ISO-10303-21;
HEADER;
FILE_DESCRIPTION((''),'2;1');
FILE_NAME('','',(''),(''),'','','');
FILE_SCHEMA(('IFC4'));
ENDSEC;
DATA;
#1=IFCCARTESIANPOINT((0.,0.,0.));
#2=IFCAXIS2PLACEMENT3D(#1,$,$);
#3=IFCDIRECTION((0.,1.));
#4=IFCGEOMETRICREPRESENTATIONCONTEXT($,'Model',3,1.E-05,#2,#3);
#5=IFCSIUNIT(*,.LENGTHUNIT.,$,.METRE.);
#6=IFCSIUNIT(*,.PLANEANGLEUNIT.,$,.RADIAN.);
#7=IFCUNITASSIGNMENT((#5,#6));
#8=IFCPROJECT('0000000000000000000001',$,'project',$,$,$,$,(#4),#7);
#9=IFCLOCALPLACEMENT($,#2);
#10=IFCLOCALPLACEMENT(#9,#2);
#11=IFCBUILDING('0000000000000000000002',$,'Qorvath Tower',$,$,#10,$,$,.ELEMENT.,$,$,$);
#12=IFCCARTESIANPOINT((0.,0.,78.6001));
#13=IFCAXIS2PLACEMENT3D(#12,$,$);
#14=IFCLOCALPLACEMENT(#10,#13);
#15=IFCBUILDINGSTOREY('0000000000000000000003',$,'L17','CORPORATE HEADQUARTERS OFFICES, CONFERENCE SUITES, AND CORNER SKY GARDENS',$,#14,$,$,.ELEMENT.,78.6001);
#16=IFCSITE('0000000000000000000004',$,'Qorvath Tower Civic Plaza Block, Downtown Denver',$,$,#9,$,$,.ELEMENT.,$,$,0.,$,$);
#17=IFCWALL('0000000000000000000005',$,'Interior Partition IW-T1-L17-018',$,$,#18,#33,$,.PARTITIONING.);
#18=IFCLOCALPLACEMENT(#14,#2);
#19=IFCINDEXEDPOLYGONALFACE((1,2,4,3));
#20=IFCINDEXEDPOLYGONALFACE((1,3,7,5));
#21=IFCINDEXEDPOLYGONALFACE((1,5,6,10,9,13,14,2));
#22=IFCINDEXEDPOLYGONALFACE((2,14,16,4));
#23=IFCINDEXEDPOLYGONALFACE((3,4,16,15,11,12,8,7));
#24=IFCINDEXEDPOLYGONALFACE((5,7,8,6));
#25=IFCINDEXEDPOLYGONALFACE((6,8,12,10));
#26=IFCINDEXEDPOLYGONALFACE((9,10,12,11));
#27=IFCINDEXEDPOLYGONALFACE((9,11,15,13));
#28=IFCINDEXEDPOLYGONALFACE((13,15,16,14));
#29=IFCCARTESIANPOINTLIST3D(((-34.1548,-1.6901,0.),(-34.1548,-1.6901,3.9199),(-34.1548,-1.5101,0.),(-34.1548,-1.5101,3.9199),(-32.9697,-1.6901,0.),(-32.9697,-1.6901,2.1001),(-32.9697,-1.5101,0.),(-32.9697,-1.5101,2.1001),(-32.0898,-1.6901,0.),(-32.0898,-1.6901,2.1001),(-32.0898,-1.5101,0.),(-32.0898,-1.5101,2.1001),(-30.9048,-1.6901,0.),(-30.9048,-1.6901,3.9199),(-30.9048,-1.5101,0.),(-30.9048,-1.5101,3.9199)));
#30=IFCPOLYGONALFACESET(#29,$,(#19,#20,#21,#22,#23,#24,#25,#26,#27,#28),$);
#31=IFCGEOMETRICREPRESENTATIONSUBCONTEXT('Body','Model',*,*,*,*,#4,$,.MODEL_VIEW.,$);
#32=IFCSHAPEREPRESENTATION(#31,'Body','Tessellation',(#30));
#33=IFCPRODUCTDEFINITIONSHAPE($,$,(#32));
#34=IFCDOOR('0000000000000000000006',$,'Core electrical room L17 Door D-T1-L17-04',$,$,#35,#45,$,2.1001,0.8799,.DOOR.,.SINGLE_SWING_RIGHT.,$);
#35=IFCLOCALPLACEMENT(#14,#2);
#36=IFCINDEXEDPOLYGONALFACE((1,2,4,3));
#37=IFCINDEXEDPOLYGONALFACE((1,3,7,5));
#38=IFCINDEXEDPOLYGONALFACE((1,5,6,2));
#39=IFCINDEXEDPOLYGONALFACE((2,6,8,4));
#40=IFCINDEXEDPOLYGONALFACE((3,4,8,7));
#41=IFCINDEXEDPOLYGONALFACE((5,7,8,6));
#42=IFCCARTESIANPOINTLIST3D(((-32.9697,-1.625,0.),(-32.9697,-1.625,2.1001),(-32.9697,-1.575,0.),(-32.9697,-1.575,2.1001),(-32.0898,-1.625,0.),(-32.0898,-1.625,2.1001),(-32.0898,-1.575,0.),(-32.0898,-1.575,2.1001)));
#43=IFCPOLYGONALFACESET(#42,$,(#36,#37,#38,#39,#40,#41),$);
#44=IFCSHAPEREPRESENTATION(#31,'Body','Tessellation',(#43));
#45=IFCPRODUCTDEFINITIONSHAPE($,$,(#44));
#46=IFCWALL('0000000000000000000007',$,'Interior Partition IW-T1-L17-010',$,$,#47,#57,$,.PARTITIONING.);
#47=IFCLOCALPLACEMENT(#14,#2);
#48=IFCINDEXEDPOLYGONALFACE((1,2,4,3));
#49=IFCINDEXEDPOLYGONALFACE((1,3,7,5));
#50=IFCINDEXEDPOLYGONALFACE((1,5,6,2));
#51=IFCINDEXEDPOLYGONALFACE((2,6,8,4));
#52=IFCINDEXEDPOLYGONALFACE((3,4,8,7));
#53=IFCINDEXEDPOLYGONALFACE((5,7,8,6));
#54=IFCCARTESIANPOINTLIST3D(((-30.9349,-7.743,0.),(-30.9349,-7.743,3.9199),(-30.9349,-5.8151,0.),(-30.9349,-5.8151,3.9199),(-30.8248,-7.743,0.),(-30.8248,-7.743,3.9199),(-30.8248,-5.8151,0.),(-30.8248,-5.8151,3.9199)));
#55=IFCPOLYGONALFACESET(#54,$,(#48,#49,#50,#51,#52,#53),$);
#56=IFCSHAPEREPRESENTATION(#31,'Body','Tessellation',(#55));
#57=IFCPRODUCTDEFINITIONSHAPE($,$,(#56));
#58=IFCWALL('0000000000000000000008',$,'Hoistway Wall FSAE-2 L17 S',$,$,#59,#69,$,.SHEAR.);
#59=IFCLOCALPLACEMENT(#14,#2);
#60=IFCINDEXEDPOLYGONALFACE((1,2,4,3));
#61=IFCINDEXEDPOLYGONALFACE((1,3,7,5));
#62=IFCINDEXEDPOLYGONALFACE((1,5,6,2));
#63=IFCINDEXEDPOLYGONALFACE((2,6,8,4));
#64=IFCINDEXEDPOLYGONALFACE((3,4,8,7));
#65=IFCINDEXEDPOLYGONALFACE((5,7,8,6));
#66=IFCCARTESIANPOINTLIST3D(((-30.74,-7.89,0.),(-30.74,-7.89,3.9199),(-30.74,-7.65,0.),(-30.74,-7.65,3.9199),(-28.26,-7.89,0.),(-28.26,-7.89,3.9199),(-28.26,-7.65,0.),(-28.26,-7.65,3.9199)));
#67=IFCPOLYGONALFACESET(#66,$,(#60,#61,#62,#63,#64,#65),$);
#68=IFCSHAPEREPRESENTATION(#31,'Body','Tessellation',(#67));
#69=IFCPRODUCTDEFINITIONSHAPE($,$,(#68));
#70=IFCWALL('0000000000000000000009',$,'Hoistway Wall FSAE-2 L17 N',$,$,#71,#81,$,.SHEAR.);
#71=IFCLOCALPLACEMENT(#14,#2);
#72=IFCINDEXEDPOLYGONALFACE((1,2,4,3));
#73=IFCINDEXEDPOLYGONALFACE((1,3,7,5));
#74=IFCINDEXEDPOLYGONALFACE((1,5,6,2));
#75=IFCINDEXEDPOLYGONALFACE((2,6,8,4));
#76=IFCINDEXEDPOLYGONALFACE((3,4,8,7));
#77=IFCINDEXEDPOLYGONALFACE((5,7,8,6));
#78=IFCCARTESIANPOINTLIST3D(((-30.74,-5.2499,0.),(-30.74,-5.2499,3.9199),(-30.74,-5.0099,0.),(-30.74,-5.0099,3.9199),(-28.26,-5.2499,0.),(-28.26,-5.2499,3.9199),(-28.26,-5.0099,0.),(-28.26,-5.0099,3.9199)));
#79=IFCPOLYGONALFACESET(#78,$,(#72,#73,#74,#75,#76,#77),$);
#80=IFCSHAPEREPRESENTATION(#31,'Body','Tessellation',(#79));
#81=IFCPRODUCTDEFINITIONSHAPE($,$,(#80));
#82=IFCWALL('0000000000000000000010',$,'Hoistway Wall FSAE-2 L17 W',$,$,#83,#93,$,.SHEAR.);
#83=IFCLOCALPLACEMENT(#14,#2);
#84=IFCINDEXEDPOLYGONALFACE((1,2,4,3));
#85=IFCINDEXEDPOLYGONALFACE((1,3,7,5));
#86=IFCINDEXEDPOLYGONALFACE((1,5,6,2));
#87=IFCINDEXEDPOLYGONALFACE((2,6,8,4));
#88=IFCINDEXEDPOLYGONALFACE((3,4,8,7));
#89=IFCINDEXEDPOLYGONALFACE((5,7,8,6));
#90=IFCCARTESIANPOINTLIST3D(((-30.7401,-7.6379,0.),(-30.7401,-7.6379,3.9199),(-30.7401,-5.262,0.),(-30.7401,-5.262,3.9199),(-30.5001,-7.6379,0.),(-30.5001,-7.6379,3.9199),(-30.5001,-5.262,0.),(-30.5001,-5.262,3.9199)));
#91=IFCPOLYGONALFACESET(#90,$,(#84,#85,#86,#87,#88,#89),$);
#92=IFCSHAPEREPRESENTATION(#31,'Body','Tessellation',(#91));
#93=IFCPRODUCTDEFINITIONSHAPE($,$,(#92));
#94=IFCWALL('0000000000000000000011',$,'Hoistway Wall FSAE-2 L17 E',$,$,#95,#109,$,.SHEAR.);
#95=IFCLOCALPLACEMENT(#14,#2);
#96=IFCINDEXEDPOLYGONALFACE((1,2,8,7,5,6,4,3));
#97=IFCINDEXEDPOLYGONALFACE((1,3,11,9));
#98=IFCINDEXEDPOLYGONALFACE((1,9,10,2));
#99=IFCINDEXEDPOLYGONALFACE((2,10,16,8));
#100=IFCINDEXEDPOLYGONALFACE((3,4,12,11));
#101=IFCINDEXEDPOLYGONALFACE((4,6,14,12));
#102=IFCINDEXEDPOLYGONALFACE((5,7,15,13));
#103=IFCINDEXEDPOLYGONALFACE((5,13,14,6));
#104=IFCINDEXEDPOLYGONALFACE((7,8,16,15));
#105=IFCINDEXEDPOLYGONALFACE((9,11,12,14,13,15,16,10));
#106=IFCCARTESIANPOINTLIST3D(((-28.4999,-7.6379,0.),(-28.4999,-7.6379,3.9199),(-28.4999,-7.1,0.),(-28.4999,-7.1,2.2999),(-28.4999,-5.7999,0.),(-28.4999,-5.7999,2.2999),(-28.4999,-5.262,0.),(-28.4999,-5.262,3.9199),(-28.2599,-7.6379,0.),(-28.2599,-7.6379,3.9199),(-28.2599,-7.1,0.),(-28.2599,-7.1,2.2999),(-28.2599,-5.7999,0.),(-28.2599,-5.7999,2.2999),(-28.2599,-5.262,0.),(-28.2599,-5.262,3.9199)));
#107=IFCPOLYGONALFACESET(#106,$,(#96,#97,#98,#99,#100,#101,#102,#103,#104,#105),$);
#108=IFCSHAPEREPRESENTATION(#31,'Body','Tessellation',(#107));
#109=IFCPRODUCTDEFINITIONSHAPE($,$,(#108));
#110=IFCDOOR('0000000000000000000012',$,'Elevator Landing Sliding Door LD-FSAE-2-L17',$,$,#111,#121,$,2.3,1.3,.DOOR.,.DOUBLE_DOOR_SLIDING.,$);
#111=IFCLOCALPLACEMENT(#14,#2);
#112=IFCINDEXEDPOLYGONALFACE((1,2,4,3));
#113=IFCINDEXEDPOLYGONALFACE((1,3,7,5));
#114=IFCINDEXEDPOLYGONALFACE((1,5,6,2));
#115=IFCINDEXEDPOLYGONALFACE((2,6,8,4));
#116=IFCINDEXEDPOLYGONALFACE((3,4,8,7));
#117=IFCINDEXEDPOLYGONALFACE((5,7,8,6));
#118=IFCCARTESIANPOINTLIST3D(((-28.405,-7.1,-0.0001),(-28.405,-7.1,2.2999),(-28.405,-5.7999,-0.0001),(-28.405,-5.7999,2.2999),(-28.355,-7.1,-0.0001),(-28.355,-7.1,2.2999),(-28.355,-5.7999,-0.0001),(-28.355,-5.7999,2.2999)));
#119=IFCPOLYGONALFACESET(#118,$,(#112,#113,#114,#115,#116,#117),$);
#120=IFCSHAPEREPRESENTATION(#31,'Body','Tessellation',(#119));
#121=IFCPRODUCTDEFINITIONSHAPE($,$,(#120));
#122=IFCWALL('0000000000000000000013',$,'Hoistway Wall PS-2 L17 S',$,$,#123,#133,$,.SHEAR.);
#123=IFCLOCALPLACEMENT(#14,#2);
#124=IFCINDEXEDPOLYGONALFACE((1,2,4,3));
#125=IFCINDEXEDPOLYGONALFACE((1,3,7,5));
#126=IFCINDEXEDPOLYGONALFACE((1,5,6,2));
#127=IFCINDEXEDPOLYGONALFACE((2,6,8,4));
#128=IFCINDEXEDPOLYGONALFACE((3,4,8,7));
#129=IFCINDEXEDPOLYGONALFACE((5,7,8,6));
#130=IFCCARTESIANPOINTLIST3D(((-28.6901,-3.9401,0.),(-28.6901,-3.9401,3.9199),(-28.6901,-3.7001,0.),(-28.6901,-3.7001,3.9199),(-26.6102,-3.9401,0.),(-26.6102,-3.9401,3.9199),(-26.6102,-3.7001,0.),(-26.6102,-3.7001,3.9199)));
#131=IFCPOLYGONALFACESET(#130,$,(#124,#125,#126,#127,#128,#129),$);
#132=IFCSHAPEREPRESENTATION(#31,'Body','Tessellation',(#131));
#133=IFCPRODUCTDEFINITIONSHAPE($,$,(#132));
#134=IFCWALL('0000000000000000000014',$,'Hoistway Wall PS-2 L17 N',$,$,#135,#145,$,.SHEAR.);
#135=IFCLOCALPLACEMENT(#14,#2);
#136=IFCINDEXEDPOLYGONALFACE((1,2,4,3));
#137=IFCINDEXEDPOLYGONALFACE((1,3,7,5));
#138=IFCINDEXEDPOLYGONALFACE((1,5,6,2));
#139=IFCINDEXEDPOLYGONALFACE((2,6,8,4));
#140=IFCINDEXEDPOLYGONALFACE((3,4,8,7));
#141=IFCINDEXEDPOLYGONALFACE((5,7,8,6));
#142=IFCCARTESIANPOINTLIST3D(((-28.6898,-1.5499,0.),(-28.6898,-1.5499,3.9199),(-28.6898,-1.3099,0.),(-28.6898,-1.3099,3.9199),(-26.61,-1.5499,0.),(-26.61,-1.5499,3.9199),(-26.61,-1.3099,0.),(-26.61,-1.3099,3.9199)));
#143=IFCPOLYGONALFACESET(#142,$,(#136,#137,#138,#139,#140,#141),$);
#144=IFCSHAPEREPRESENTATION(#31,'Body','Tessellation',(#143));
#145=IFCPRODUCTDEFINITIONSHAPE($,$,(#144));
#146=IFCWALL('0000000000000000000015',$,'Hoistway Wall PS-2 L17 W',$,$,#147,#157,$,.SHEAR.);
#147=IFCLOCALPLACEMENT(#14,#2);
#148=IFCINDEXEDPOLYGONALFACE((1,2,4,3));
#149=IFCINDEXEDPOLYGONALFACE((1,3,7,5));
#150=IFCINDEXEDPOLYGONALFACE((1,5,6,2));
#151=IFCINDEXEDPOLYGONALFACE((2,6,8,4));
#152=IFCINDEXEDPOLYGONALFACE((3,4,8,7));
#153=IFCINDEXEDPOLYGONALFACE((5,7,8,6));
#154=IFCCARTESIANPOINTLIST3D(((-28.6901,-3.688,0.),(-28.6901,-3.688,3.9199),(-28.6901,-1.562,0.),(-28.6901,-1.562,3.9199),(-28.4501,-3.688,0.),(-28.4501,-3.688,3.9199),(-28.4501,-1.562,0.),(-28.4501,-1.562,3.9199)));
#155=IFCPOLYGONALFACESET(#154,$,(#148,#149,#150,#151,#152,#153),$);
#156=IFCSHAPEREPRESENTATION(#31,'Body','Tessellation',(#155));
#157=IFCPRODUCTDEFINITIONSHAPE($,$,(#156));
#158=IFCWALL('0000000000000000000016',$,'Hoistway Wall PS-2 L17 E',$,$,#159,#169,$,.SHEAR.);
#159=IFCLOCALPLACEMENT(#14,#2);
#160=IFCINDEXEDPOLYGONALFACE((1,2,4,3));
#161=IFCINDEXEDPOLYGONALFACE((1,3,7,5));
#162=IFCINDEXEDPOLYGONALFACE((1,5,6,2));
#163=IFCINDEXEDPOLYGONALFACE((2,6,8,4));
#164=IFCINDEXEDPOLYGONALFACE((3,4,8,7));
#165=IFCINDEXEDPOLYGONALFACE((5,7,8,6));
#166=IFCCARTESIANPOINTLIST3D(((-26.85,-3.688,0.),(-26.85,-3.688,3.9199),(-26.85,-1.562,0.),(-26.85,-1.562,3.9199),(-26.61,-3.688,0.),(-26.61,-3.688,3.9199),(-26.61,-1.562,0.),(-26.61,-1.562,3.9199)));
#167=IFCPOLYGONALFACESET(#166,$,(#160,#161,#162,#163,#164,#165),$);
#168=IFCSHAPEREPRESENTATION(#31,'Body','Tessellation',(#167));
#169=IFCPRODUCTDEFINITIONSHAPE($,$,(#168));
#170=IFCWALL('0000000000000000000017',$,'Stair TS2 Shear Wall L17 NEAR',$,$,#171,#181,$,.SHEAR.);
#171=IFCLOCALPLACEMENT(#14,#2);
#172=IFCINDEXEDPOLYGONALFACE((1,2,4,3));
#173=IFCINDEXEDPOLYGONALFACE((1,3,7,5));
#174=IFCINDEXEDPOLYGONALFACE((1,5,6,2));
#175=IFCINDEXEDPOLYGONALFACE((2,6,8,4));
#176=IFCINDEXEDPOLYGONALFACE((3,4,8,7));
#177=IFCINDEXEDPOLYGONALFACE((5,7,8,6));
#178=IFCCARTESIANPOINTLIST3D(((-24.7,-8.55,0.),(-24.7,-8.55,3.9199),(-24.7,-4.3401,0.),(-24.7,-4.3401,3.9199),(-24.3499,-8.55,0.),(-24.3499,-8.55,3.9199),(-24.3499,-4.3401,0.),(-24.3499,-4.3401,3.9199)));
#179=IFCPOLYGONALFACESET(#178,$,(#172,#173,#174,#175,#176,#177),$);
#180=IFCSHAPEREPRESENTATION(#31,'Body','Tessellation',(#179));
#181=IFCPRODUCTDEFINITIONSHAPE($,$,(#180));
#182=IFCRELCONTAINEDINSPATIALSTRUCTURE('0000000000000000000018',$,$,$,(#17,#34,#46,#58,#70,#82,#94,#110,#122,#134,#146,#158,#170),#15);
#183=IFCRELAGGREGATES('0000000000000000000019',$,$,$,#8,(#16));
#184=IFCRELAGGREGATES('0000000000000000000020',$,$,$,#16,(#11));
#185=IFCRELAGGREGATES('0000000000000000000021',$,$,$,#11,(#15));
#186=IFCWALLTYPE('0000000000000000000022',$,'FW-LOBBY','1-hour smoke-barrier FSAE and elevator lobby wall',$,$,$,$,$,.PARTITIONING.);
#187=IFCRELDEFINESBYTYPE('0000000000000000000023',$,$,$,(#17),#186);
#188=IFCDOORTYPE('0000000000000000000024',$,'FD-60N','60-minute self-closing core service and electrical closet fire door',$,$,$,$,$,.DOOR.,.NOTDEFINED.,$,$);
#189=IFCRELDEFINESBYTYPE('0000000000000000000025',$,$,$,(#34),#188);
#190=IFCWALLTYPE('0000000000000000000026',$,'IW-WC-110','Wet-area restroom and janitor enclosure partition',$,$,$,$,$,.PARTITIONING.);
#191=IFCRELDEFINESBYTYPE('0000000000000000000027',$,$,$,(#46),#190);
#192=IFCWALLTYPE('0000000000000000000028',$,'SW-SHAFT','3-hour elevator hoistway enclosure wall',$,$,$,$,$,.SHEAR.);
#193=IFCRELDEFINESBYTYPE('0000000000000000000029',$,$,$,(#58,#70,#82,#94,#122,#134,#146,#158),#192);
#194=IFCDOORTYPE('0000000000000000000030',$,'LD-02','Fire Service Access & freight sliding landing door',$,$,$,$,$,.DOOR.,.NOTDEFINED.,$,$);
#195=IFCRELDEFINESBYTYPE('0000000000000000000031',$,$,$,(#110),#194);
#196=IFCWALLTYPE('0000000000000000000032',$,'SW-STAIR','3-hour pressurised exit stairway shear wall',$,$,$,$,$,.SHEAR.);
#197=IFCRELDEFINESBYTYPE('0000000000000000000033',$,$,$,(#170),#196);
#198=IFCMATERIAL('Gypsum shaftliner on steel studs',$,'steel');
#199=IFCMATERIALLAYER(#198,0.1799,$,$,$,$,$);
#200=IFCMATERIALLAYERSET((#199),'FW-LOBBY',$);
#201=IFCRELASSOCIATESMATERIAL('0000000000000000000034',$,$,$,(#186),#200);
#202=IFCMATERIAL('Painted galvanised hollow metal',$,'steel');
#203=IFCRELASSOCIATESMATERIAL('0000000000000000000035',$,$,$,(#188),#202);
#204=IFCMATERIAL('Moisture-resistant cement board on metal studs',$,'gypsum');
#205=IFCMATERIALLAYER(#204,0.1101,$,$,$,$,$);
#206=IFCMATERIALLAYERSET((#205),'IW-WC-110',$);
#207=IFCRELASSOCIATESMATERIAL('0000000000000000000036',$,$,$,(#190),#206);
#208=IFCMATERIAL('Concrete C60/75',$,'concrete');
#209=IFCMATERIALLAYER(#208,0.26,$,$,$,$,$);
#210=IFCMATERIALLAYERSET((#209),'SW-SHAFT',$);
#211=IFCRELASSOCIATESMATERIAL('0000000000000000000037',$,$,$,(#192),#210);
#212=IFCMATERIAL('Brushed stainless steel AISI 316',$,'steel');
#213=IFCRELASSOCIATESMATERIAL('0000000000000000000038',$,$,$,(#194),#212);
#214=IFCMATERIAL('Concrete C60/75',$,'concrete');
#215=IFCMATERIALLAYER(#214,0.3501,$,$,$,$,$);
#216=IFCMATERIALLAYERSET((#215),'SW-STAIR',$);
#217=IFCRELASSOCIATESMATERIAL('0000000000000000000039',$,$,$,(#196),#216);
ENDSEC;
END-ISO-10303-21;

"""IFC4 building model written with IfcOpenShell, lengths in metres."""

from ifc_helpers import new_model, si_unit, direction, frame, frame_2d, origin, place, context, subcontext, project, spatial, rectangle, extrude, material, layer, layer_set, type_object, element, fill, save


model = new_model("IFC4")

# Units and contexts
model_context = context("Model", 3, precision=1e-05, world=origin(), true_north=direction((0.0, 1.0)))
body_context = subcontext(model_context, "Body", "Model", "MODEL_VIEW")
ifc_project = project(units=[si_unit("LENGTHUNIT", "METRE"), si_unit("PLANEANGLEUNIT", "RADIAN")], contexts=[model_context])

# Site, building, storey
site_placement = place(None, origin())
site = spatial("IfcSite", under=ifc_project, at=site_placement, Name="Qorvath Tower Civic Plaza Block, Downtown Denver", CompositionType="ELEMENT", RefElevation=0.0)
building_placement = place(site_placement, origin())
building = spatial("IfcBuilding", under=site, at=building_placement, Name="Qorvath Tower", CompositionType="ELEMENT")
storey_placement = place(building_placement, frame((0.0, 0.0, 78.6001)))
storey = spatial("IfcBuildingStorey", under=building, at=storey_placement, Name="L17", Description="CORPORATE HEADQUARTERS OFFICES, CONFERENCE SUITES, AND CORNER SKY GARDENS", CompositionType="ELEMENT", Elevation=78.6001)

# Shared definitions
ifc_material_1 = material(Name="Gypsum shaftliner on steel studs", Category="steel")
ifc_layer_1 = layer(ifc_material_1, 0.1799)
ifc_layer_set_1 = layer_set([ifc_layer_1], Name="FW-LOBBY")
wall_type_1 = type_object("IfcWallType", Name="FW-LOBBY", Description="1-hour smoke-barrier FSAE and elevator lobby wall", PredefinedType="PARTITIONING", material=ifc_layer_set_1)

# Wall, opening, door
wall_1_placement = place(storey_placement, frame((-30.9048, -1.6001, 0.0), z_axis=(0.0, 0.0, 1.0), x_axis=(-1.0, 0.0, 0.0)))
wall_1 = element("IfcWall", 1, at=wall_1_placement, inside=storey, type_object=wall_type_1, Name="Interior Partition IW-T1-L17-018", PredefinedType="PARTITIONING", context=body_context, shape_type="SweptSolid", body=[
    extrude(rectangle(XDim=3.25, YDim=0.1799, at=frame_2d((1.625, 0.0))), origin(), (0.0, 0.0, 1.0), 3.9199),
])
opening_1_placement = place(wall_1_placement, frame((1.1851, 0.0, 0.0)))
opening_1 = element("IfcOpeningElement", 2, at=opening_1_placement, cuts=wall_1, PredefinedType="OPENING", context=body_context, shape_type="SweptSolid", body=[
    extrude(rectangle(XDim=0.8799, YDim=2.1001, at=frame_2d((0.4399, 1.05))), frame((0.0, 0.1001, 0.0), z_axis=(0.0, -1.0, 0.0), x_axis=(1.0, 0.0, 0.0)), (0.0, 0.0, 1.0), 0.2),
])
ifc_material_2 = material(Name="Painted galvanised hollow metal", Category="steel")
door_type_1 = type_object("IfcDoorType", Name="FD-60N", Description="60-minute self-closing core service and electrical closet fire door", OperationType="NOTDEFINED", PredefinedType="DOOR", material=ifc_material_2)
door_1_placement = place(opening_1_placement, origin())
door_1 = element("IfcDoor", 3, at=door_1_placement, inside=storey, type_object=door_type_1, Name="Core electrical room L17 Door D-T1-L17-04", OperationType="SINGLE_SWING_RIGHT", OverallHeight=2.1001, OverallWidth=0.8799, PredefinedType="DOOR", context=body_context, shape_type="SweptSolid", body=[
    extrude(rectangle(XDim=0.8799, YDim=2.1001, at=frame_2d((0.4399, 1.05))), frame((0.0, 0.0249, 0.0), z_axis=(0.0, -1.0, 0.0), x_axis=(1.0, 0.0, 0.0)), (0.0, 0.0, 1.0), 0.05),
])
fill(opening_1, door_1)

# Walls
ifc_material_3 = material(Name="Moisture-resistant cement board on metal studs", Category="gypsum")
ifc_layer_2 = layer(ifc_material_3, 0.1101)
ifc_layer_set_2 = layer_set([ifc_layer_2], Name="IW-WC-110")
wall_type_2 = type_object("IfcWallType", Name="IW-WC-110", Description="Wet-area restroom and janitor enclosure partition", PredefinedType="PARTITIONING", material=ifc_layer_set_2)
wall_2_placement = place(storey_placement, frame((-30.8799, -7.7429, 0.0), z_axis=(0.0, 0.0, 1.0), x_axis=(0.0, 1.0, 0.0)))
element("IfcWall", 4, at=wall_2_placement, inside=storey, type_object=wall_type_2, Name="Interior Partition IW-T1-L17-010", PredefinedType="PARTITIONING", context=body_context, shape_type="SweptSolid", body=[
    extrude(rectangle(XDim=1.928, YDim=0.1101, at=frame_2d((0.9639, 0.0))), origin(), (0.0, 0.0, 1.0), 3.9199),
])
ifc_material_4 = material(Name="Concrete C60/75", Category="concrete")
ifc_layer_3 = layer(ifc_material_4, 0.26)
ifc_layer_set_3 = layer_set([ifc_layer_3], Name="SW-SHAFT")
wall_type_3 = type_object("IfcWallType", Name="SW-SHAFT", Description="3-hour elevator hoistway enclosure wall", PredefinedType="SHEAR", material=ifc_layer_set_3)
for number, where, z_axis, x_axis, name in (
    (5, (-28.26, -7.77, 0.0), (0.0, 0.0, 1.0), (-1.0, 0.0, 0.0), "Hoistway Wall FSAE-2 L17 S"),
    (6, (-30.74, -5.1299, 0.0), (0.0, 0.0, 1.0), (1.0, 0.0, 0.0), "Hoistway Wall FSAE-2 L17 N"),
):
    element("IfcWall", number, at=place(storey_placement, frame(where, z_axis=z_axis, x_axis=x_axis)), inside=storey, type_object=wall_type_3, Name=name, PredefinedType="SHEAR", context=body_context, shape_type="SweptSolid", body=[
        extrude(rectangle(XDim=2.48, YDim=0.24, at=frame_2d((1.24, 0.0))), origin(), (0.0, 0.0, 1.0), 3.9199),
    ])
wall_3_placement = place(storey_placement, frame((-30.6201, -7.6379, 0.0), z_axis=(0.0, 0.0, 1.0), x_axis=(0.0, 1.0, 0.0)))
element("IfcWall", 7, at=wall_3_placement, inside=storey, type_object=wall_type_3, Name="Hoistway Wall FSAE-2 L17 W", PredefinedType="SHEAR", context=body_context, shape_type="SweptSolid", body=[
    extrude(rectangle(XDim=2.376, YDim=0.24, at=frame_2d((1.188, 0.0))), origin(), (0.0, 0.0, 1.0), 3.9199),
])

# Wall, opening, door
wall_4_placement = place(storey_placement, frame((-28.3799, -5.262, 0.0), z_axis=(0.0, 0.0, 1.0), x_axis=(0.0, -1.0, 0.0)))
wall_4 = element("IfcWall", 8, at=wall_4_placement, inside=storey, type_object=wall_type_3, Name="Hoistway Wall FSAE-2 L17 E", PredefinedType="SHEAR", context=body_context, shape_type="SweptSolid", body=[
    extrude(rectangle(XDim=2.376, YDim=0.24, at=frame_2d((1.188, 0.0))), origin(), (0.0, 0.0, 1.0), 3.9199),
])
opening_2_placement = place(wall_4_placement, frame((0.5381, 0.0, 0.0)))
opening_2 = element("IfcOpeningElement", 9, at=opening_2_placement, cuts=wall_4, PredefinedType="OPENING", context=body_context, shape_type="SweptSolid", body=[
    extrude(rectangle(XDim=1.3, YDim=2.3, at=frame_2d((0.6499, 1.1499))), frame((0.0, 0.1299, 0.0), z_axis=(0.0, -1.0, 0.0), x_axis=(1.0, 0.0, 0.0)), (0.0, 0.0, 1.0), 0.26),
])
ifc_material_5 = material(Name="Brushed stainless steel AISI 316", Category="steel")
door_type_2 = type_object("IfcDoorType", Name="LD-02", Description="Fire Service Access & freight sliding landing door", OperationType="NOTDEFINED", PredefinedType="DOOR", material=ifc_material_5)
door_2_placement = place(opening_2_placement, origin())
door_2 = element("IfcDoor", 10, at=door_2_placement, inside=storey, type_object=door_type_2, Name="Elevator Landing Sliding Door LD-FSAE-2-L17", OperationType="DOUBLE_DOOR_SLIDING", OverallHeight=2.3, OverallWidth=1.3, PredefinedType="DOOR", context=body_context, shape_type="SweptSolid", body=[
    extrude(rectangle(XDim=1.3, YDim=2.3, at=frame_2d((0.6499, 1.1499))), frame((0.0, 0.0249, 0.0), z_axis=(0.0, -1.0, 0.0), x_axis=(1.0, 0.0, 0.0)), (0.0, 0.0, 1.0), 0.05),
])
fill(opening_2, door_2)

# Walls
for number, where, z_axis, x_axis, name in (
    (11, (-26.6101, -3.8201, 0.0), (0.0, 0.0, 1.0), (-1.0, 0.0, 0.0), "Hoistway Wall PS-2 L17 S"),
    (12, (-28.6899, -1.4299, 0.0), (0.0, 0.0, 1.0), (1.0, 0.0, 0.0), "Hoistway Wall PS-2 L17 N"),
):
    element("IfcWall", number, at=place(storey_placement, frame(where, z_axis=z_axis, x_axis=x_axis)), inside=storey, type_object=wall_type_3, Name=name, PredefinedType="SHEAR", context=body_context, shape_type="SweptSolid", body=[
        extrude(rectangle(XDim=2.0798, YDim=0.24, at=frame_2d((1.04, 0.0))), origin(), (0.0, 0.0, 1.0), 3.9199),
    ])
for number, where, z_axis, x_axis, name in (
    (13, (-28.5701, -3.688, 0.0), (0.0, 0.0, 1.0), (0.0, 1.0, 0.0), "Hoistway Wall PS-2 L17 W"),
    (14, (-26.73, -1.562, 0.0), (0.0, 0.0, 1.0), (0.0, -1.0, 0.0), "Hoistway Wall PS-2 L17 E"),
):
    element("IfcWall", number, at=place(storey_placement, frame(where, z_axis=z_axis, x_axis=x_axis)), inside=storey, type_object=wall_type_3, Name=name, PredefinedType="SHEAR", context=body_context, shape_type="SweptSolid", body=[
        extrude(rectangle(XDim=2.126, YDim=0.24, at=frame_2d((1.063, 0.0))), origin(), (0.0, 0.0, 1.0), 3.9199),
    ])
ifc_material_6 = material(Name="Concrete C60/75", Category="concrete")
ifc_layer_4 = layer(ifc_material_6, 0.3501)
ifc_layer_set_4 = layer_set([ifc_layer_4], Name="SW-STAIR")
wall_type_4 = type_object("IfcWallType", Name="SW-STAIR", Description="3-hour pressurised exit stairway shear wall", PredefinedType="SHEAR", material=ifc_layer_set_4)
wall_5_placement = place(storey_placement, frame((-24.5249, -4.3401, 0.0), z_axis=(0.0, 0.0, 1.0), x_axis=(0.0, -1.0, 0.0)))
element("IfcWall", 15, at=wall_5_placement, inside=storey, type_object=wall_type_4, Name="Stair TS2 Shear Wall L17 NEAR", PredefinedType="SHEAR", context=body_context, shape_type="SweptSolid", body=[
    extrude(rectangle(XDim=4.21, YDim=0.3501, at=frame_2d((2.105, 0.0))), origin(), (0.0, 0.0, 1.0), 3.9199),
])

save(model, "model.ifc")
